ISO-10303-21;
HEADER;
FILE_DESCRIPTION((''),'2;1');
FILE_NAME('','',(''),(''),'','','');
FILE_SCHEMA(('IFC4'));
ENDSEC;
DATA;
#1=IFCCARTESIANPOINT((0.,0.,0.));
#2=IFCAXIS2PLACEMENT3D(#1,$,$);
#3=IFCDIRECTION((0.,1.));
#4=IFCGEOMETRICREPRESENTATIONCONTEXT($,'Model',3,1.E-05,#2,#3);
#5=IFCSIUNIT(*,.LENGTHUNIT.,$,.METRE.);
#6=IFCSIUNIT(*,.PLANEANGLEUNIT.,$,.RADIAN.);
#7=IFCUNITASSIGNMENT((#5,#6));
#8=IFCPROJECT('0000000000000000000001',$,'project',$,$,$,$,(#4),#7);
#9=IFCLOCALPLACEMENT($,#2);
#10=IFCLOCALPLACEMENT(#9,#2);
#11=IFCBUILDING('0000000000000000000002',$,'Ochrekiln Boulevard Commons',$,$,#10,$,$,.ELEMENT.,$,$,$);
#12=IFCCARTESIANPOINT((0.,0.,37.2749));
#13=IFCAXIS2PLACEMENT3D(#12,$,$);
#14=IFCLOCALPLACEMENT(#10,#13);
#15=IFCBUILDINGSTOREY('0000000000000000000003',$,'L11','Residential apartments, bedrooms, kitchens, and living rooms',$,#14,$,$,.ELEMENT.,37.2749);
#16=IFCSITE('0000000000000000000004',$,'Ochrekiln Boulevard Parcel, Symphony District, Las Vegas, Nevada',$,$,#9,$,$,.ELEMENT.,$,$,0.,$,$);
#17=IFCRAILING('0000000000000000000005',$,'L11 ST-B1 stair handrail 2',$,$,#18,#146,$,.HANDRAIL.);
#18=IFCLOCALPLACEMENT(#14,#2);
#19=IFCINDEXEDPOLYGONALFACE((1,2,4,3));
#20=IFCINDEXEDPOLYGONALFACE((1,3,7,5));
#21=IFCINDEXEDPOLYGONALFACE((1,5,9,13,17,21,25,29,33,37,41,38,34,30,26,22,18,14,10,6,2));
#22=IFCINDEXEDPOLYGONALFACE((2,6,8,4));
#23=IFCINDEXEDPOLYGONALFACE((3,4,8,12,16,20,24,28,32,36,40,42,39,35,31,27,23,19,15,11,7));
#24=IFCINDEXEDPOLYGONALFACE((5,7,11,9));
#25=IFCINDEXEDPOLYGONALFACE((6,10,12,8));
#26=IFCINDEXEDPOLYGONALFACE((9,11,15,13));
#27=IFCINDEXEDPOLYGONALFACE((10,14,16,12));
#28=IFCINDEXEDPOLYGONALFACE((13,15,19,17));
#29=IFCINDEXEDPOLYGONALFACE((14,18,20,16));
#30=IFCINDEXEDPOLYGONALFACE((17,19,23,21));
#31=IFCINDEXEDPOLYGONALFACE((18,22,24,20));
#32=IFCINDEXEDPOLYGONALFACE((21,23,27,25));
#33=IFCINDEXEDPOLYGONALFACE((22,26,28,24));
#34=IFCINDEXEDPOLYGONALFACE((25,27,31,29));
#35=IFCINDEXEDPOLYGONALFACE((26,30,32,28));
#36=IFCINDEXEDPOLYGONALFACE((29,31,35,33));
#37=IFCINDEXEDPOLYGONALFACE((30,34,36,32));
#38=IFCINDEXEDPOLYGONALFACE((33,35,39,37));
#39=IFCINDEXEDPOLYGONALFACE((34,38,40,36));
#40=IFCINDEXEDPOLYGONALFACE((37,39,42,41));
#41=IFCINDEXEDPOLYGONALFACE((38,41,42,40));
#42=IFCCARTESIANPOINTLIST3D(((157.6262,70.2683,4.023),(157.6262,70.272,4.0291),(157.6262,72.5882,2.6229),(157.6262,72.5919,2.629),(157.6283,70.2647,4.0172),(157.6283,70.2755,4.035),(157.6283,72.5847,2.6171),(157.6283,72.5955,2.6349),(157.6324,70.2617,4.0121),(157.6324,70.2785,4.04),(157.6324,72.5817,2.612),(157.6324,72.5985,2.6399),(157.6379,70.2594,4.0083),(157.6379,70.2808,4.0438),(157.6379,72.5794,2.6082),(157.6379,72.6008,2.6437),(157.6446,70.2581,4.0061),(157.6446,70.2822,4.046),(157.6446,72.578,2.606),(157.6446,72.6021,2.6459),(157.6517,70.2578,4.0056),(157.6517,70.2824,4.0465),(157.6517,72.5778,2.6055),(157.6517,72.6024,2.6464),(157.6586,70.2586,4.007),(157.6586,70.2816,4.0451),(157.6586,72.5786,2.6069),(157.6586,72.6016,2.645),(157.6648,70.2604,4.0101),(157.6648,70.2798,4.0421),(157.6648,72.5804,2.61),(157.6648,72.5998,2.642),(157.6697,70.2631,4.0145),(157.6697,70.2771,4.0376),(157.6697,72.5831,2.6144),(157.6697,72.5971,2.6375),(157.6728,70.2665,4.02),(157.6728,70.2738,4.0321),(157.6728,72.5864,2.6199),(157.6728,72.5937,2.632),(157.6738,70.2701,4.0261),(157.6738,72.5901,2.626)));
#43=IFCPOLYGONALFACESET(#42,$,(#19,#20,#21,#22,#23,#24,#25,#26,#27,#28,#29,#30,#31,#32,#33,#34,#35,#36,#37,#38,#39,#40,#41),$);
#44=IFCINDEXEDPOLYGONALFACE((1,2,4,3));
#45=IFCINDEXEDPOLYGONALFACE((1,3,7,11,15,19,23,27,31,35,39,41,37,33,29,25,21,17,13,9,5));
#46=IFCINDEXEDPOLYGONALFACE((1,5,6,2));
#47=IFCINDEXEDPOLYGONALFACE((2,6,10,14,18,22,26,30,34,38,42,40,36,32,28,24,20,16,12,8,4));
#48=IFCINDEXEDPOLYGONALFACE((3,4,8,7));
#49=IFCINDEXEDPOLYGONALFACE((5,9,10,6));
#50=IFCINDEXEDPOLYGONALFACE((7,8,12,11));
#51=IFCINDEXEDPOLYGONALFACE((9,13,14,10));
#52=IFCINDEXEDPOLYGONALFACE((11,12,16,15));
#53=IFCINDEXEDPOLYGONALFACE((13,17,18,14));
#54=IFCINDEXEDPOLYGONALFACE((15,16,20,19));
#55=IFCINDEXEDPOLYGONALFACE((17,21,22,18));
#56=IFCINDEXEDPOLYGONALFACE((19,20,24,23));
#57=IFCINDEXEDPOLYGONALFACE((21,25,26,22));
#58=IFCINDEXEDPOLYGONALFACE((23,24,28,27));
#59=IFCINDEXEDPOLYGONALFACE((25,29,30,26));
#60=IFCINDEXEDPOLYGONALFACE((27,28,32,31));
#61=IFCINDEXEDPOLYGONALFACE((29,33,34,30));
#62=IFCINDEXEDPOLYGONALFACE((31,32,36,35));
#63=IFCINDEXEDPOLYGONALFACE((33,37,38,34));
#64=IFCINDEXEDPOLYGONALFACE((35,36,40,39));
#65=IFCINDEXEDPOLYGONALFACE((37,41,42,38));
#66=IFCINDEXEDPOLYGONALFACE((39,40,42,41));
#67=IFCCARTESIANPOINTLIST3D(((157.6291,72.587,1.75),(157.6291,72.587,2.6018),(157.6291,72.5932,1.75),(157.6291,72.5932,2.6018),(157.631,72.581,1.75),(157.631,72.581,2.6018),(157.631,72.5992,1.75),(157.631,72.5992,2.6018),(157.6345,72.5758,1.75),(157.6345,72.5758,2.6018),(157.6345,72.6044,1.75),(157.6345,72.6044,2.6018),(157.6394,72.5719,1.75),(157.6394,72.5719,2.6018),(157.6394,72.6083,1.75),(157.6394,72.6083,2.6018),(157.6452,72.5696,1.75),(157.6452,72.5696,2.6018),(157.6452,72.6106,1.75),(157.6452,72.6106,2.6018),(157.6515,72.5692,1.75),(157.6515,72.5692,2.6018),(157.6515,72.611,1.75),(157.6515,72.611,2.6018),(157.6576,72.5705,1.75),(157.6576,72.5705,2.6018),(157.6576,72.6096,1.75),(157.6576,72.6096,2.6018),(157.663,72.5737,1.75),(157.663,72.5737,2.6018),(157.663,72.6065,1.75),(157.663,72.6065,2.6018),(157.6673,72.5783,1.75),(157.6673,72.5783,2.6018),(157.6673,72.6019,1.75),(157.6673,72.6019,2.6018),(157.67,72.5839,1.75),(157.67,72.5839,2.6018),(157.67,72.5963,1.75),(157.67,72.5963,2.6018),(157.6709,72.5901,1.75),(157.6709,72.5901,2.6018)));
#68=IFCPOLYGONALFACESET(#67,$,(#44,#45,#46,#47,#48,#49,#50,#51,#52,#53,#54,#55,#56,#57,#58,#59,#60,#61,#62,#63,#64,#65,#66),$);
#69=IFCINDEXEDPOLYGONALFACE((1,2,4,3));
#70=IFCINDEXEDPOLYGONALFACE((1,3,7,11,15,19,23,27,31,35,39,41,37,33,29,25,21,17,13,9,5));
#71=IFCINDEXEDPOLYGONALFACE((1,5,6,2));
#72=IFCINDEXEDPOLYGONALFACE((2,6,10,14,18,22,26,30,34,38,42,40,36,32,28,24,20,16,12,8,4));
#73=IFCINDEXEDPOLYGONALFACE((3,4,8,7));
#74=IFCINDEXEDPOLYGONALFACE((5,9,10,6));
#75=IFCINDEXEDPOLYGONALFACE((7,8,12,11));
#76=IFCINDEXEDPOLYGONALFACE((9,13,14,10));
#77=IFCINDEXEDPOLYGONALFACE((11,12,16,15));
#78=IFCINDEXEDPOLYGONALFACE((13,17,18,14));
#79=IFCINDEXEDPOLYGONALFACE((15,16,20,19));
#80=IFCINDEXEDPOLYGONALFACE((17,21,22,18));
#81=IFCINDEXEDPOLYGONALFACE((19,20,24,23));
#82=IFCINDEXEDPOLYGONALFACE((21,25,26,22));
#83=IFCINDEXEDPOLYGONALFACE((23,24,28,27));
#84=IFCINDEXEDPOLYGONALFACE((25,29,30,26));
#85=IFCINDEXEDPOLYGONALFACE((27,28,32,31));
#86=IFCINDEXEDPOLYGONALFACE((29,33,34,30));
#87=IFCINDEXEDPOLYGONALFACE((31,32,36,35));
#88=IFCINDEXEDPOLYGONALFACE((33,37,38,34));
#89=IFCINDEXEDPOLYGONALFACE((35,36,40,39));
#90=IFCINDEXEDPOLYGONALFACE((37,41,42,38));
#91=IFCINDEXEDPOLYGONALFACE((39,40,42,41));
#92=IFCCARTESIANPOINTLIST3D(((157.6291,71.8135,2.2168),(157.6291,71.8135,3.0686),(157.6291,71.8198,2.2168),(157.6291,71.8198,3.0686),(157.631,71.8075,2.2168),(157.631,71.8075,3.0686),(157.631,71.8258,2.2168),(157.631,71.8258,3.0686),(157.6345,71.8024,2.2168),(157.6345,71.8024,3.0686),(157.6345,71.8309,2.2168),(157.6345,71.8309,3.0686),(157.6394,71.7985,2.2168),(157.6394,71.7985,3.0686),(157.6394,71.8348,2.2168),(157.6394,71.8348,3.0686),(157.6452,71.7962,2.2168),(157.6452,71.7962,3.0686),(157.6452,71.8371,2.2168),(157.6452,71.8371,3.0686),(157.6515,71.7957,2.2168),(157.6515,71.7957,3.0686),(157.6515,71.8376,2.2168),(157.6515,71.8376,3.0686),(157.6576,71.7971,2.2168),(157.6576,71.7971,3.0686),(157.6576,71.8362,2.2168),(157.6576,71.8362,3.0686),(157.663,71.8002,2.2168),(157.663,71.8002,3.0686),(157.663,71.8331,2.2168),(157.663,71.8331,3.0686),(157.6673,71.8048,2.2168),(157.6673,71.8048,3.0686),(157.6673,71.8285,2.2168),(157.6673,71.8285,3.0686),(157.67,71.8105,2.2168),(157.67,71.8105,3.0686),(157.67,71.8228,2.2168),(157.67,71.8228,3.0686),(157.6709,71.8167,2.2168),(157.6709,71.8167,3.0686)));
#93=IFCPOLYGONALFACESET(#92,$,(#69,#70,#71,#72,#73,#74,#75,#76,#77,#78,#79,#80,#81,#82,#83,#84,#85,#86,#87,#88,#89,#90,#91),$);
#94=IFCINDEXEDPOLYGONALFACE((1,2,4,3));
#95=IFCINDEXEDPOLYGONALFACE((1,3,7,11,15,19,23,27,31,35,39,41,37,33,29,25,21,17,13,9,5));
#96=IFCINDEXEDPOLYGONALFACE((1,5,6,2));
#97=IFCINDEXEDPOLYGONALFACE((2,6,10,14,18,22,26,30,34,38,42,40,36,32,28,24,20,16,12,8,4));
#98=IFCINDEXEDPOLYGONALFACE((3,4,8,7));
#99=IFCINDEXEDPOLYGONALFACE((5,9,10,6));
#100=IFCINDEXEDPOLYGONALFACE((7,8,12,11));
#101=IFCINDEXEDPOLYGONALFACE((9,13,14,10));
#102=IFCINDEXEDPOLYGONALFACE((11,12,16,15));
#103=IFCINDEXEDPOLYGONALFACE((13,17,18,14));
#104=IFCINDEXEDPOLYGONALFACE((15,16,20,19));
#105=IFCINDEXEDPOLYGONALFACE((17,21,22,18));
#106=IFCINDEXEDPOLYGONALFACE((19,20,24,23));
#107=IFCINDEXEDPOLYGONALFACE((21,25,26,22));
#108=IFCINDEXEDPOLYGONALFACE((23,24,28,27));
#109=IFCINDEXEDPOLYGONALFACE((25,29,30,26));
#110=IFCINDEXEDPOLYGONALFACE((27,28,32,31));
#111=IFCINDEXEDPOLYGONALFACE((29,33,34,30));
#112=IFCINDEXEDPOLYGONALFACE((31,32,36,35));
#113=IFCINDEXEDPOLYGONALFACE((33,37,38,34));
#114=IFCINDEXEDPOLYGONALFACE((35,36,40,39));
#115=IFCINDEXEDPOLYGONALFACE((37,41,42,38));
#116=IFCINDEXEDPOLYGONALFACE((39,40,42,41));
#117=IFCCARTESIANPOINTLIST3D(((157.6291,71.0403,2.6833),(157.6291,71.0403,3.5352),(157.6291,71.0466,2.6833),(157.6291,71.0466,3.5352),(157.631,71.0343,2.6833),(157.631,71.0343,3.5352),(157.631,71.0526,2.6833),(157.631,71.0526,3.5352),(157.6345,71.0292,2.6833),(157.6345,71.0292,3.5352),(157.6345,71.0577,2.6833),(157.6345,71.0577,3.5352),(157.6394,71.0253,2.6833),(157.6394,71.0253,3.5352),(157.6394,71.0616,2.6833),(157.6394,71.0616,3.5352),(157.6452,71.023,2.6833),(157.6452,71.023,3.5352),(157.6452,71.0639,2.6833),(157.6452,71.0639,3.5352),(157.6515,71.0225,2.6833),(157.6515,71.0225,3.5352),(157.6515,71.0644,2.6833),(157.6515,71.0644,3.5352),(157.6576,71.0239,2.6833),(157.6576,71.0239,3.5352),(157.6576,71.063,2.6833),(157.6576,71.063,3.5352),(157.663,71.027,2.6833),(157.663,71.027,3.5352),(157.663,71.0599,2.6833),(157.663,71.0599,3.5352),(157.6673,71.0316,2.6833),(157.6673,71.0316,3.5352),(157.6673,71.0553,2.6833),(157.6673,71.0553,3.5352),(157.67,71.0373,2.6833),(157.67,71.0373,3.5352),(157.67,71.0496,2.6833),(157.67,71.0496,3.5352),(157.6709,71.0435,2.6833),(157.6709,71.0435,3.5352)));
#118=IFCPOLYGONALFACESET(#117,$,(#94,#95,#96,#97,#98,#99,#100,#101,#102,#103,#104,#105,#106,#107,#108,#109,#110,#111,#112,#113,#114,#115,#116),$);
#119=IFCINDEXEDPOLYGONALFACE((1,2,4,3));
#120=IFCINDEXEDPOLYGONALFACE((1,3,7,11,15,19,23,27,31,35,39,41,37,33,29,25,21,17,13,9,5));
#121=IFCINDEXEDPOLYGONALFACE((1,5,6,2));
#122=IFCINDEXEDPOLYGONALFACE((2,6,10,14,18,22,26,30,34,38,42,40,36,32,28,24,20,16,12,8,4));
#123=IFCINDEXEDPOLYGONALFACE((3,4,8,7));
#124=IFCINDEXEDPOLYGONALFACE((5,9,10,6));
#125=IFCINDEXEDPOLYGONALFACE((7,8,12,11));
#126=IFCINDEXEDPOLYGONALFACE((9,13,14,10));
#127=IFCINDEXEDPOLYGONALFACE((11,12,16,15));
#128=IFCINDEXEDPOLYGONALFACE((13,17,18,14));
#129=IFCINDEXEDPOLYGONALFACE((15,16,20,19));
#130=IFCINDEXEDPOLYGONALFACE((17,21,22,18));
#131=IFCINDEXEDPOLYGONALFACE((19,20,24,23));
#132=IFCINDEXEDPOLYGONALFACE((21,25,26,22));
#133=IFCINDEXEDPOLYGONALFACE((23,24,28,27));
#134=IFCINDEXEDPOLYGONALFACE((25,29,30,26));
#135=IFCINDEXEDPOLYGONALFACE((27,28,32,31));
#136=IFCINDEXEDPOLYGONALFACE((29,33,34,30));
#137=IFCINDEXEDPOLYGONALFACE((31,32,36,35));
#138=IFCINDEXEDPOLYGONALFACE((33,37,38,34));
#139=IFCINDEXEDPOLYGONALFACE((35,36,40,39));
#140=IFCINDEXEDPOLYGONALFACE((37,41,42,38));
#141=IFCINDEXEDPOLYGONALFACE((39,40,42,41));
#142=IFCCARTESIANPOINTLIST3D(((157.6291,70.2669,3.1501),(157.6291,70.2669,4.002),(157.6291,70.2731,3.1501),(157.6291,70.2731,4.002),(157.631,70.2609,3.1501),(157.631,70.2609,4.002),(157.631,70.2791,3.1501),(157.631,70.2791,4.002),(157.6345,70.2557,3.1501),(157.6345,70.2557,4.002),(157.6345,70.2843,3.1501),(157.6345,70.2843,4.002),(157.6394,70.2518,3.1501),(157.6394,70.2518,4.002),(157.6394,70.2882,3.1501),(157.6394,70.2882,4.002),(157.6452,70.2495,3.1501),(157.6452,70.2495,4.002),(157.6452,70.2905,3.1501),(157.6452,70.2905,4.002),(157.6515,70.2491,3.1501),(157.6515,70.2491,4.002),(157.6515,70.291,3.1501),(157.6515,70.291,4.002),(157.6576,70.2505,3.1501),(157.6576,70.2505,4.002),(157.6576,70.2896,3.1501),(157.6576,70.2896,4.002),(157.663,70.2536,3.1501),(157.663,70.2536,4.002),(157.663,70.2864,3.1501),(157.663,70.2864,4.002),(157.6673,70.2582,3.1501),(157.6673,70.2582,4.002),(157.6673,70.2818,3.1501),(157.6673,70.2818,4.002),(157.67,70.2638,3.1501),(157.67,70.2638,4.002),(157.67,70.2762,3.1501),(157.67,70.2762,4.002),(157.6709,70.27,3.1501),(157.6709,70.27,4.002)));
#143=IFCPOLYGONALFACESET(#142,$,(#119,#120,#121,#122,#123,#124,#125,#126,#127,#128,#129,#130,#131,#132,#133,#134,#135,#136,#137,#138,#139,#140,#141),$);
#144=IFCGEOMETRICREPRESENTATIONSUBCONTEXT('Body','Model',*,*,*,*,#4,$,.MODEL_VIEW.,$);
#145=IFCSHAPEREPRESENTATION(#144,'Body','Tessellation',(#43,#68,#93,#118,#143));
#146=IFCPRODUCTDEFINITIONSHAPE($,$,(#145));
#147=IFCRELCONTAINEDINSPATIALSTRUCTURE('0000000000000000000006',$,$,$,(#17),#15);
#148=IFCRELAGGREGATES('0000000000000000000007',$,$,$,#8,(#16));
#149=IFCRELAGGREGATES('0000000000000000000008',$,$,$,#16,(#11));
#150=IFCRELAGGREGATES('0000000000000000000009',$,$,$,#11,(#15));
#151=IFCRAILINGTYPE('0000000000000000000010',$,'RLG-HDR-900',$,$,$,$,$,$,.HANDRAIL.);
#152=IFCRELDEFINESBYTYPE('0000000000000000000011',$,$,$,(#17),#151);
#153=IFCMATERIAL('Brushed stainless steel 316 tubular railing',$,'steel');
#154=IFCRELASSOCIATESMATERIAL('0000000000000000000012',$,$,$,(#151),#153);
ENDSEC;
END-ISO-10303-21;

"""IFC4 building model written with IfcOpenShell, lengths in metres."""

from ifc_helpers import new_model, si_unit, direction, frame, origin, origin_2d, place, context, subcontext, project, spatial, circle, extrude, material, type_object, element, save


model = new_model("IFC4")

# Units and contexts
model_context = context("Model", 3, precision=1e-05, world=origin(), true_north=direction((0.0, 1.0)))
body_context = subcontext(model_context, "Body", "Model", "MODEL_VIEW")
ifc_project = project(units=[si_unit("LENGTHUNIT", "METRE"), si_unit("PLANEANGLEUNIT", "RADIAN")], contexts=[model_context])

# Site, building, storey
site_placement = place(None, origin())
site = spatial("IfcSite", under=ifc_project, at=site_placement, Name="Ochrekiln Boulevard Parcel, Symphony District, Las Vegas, Nevada", CompositionType="ELEMENT", RefElevation=0.0)
building_placement = place(site_placement, origin())
building = spatial("IfcBuilding", under=site, at=building_placement, Name="Ochrekiln Boulevard Commons", CompositionType="ELEMENT")
storey_placement = place(building_placement, frame((0.0, 0.0, 37.2749)))
storey = spatial("IfcBuildingStorey", under=building, at=storey_placement, Name="L11", Description="Residential apartments, bedrooms, kitchens, and living rooms", CompositionType="ELEMENT", Elevation=37.2749)

# Railing
ifc_material_1 = material(Name="Brushed stainless steel 316 tubular railing", Category="steel")
railing_type_1 = type_object("IfcRailingType", Name="RLG-HDR-900", PredefinedType="HANDRAIL", material=ifc_material_1)
railing_1_placement = place(storey_placement, frame((157.6499, 72.5901, 1.75)))
element("IfcRailing", 1, at=railing_1_placement, inside=storey, type_object=railing_type_1, Name="L11 ST-B1 stair handrail 2", PredefinedType="HANDRAIL", context=body_context, shape_type="SweptSolid", body=[
    extrude(circle(Radius=0.0239, at=origin_2d()), frame((0.0, 0.0, 0.876), z_axis=(0.0, -0.85617, 0.516693), x_axis=(1.0, 0.0, 0.0)), (0.0, 0.0, 1.0), 2.7097),
    extrude(circle(Radius=0.021, at=origin_2d()), origin(), (0.0, 0.0, 1.0), 0.8518),
    extrude(circle(Radius=0.021, at=origin_2d()), frame((0.0, -0.7734, 0.4668)), (0.0, 0.0, 1.0), 0.8518),
    extrude(circle(Radius=0.021, at=origin_2d()), frame((0.0, -1.5466, 0.9333)), (0.0, 0.0, 1.0), 0.8518),
    extrude(circle(Radius=0.021, at=origin_2d()), frame((0.0, -2.3201, 1.4001)), (0.0, 0.0, 1.0), 0.8518),
])

save(model, "model.ifc")
